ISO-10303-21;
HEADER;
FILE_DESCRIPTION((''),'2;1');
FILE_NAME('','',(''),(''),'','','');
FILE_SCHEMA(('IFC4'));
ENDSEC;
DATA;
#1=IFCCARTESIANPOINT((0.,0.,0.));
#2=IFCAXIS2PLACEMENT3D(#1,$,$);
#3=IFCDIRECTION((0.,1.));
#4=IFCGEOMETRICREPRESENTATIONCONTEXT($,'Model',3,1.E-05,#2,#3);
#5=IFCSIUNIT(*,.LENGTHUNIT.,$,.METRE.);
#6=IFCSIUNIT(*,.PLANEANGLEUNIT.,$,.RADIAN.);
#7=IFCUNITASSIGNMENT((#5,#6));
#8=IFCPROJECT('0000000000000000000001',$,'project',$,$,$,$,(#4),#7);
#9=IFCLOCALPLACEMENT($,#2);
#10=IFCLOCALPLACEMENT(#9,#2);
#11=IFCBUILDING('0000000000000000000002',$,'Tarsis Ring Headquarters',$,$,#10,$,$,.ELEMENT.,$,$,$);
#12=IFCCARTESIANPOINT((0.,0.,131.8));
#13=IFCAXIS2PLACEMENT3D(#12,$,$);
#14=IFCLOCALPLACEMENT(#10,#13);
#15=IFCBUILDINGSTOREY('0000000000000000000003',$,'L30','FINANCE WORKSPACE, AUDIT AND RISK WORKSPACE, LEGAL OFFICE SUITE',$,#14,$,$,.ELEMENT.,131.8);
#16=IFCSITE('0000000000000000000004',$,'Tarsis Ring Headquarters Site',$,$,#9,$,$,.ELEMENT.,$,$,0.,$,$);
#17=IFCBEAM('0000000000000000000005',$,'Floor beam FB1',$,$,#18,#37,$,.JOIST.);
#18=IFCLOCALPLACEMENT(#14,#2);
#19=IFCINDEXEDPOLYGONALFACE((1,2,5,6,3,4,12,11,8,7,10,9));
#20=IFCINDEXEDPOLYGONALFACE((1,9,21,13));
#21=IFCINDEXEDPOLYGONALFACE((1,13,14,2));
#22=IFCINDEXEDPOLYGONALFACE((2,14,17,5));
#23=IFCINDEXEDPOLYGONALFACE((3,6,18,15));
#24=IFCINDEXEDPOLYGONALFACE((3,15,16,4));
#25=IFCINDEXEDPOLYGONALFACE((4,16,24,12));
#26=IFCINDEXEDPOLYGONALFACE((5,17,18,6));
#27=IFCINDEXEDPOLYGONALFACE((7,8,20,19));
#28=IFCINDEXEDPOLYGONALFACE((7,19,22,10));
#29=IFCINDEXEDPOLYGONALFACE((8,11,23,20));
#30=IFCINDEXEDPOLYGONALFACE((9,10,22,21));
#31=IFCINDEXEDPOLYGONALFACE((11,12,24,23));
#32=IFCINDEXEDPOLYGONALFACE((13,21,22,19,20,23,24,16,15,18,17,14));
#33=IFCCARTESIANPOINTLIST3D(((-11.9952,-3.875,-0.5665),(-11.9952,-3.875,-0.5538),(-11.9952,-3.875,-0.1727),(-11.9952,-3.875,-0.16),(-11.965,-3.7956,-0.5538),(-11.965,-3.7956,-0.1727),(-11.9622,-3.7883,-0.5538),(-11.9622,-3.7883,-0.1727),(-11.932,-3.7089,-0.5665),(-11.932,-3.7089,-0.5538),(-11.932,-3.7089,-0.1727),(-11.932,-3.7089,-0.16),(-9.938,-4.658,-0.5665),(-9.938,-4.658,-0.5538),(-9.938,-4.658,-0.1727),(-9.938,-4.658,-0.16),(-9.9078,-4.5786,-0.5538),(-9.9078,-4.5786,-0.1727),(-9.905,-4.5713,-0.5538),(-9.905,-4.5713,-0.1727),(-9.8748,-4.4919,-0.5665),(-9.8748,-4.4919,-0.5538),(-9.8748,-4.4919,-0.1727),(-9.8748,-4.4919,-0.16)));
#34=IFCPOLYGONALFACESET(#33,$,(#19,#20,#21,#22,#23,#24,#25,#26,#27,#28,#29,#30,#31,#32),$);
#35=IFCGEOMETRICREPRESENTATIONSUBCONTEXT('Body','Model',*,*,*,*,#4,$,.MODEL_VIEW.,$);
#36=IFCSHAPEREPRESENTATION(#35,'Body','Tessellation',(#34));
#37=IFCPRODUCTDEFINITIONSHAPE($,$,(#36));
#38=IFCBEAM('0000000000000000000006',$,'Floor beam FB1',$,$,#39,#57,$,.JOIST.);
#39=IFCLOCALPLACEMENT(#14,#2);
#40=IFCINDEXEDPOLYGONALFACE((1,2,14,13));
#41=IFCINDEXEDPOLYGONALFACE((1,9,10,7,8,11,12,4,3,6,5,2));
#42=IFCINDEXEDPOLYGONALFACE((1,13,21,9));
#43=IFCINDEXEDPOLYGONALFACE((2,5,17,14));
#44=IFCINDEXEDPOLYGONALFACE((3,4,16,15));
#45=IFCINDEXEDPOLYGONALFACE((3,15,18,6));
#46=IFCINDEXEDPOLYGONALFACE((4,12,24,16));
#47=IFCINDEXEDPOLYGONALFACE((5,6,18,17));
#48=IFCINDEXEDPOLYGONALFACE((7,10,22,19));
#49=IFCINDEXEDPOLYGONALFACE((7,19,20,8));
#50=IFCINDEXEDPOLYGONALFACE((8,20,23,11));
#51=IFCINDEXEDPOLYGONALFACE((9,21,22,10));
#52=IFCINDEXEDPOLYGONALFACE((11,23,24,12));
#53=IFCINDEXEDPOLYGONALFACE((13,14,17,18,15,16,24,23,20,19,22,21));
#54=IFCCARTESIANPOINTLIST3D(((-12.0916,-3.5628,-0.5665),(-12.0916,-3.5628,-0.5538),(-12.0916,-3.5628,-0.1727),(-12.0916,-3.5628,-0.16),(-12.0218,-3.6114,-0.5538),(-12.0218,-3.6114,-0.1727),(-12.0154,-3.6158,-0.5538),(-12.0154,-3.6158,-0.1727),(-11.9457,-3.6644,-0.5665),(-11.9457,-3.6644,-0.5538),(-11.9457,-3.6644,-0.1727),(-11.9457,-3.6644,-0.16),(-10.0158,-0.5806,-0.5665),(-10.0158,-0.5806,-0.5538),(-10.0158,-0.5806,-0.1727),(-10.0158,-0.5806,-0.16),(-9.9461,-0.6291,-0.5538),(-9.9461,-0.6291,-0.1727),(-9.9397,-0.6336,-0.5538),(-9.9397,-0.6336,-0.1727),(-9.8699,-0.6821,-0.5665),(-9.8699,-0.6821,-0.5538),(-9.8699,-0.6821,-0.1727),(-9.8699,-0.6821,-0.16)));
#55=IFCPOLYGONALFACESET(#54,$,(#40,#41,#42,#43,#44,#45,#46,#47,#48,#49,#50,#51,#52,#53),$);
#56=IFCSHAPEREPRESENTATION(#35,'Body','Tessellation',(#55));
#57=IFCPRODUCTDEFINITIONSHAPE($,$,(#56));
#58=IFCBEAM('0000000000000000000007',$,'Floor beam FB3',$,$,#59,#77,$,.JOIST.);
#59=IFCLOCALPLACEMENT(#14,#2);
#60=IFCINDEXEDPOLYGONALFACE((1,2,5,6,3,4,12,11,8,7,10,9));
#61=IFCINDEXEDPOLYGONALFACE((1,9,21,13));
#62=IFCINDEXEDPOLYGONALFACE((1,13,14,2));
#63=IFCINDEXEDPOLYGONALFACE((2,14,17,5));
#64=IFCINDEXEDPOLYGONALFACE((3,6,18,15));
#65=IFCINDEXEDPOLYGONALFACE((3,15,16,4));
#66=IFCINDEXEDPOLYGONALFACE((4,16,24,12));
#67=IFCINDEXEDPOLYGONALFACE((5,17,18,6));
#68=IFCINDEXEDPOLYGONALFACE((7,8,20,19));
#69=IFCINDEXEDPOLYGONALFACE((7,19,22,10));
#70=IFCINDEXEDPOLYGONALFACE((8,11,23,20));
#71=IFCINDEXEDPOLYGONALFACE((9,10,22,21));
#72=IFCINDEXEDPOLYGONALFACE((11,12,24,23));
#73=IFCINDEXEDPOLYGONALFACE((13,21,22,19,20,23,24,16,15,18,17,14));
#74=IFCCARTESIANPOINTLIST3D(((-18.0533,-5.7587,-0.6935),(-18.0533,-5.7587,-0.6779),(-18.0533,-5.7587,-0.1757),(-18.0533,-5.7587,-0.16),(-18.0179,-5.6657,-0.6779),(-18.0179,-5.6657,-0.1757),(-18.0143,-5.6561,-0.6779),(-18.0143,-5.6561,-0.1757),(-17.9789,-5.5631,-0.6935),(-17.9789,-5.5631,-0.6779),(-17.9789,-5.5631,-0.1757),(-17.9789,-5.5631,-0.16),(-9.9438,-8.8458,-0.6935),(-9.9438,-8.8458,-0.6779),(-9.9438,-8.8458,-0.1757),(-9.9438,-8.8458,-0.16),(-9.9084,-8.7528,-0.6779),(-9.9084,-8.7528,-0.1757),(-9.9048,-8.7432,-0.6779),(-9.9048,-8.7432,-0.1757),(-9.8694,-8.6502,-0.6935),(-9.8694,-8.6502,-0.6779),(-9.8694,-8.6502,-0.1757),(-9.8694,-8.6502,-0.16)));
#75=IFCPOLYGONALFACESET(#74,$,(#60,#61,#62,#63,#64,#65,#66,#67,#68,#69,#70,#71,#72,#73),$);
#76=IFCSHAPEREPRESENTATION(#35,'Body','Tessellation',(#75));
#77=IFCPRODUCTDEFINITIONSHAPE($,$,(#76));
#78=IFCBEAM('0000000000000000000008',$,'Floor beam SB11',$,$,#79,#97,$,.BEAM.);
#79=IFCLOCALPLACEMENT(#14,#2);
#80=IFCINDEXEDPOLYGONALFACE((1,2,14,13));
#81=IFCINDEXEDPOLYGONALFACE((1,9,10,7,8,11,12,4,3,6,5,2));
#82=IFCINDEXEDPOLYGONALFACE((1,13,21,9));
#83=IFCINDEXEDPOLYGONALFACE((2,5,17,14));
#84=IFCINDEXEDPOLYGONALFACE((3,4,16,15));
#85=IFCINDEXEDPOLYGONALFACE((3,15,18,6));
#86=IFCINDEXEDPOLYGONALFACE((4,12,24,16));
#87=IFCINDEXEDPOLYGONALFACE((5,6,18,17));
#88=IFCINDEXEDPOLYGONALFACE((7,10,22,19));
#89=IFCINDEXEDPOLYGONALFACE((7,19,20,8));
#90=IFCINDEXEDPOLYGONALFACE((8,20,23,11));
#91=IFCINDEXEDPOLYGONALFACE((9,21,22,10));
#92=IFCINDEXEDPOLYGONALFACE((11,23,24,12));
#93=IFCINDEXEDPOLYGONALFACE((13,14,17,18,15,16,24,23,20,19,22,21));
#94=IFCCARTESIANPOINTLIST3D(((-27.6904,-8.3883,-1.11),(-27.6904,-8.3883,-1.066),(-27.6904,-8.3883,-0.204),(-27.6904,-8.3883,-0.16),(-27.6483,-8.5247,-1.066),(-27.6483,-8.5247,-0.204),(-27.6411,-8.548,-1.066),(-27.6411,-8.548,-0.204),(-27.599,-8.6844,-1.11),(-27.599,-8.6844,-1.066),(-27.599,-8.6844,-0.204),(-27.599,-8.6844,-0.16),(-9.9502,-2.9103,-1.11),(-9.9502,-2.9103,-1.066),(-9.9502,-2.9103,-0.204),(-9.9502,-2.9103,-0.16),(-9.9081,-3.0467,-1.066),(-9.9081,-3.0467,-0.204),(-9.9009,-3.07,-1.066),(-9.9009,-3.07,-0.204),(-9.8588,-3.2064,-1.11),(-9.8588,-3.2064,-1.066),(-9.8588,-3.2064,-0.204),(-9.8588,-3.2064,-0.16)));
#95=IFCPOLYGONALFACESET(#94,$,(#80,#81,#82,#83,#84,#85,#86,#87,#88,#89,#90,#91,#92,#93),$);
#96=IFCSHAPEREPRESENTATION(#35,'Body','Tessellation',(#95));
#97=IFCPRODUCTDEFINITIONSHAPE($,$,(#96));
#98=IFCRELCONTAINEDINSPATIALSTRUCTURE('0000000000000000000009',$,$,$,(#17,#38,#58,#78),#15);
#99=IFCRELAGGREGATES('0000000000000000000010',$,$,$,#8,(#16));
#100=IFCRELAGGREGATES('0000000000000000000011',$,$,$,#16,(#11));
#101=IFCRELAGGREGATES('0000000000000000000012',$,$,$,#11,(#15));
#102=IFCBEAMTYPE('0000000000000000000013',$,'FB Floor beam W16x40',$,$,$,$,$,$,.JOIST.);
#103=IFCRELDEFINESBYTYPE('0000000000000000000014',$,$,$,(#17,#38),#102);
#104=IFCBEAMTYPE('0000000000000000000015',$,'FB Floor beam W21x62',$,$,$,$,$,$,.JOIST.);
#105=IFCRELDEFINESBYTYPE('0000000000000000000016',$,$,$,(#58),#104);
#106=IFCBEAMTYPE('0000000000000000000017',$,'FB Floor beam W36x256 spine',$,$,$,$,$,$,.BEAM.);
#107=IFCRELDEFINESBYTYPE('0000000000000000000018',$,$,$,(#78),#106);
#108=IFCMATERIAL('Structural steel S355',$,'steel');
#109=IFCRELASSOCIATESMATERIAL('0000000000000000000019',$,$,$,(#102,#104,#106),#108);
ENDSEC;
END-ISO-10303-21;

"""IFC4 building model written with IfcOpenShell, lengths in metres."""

from ifc_helpers import new_model, si_unit, direction, frame, origin, origin_2d, place, context, subcontext, project, spatial, i_section, extrude, material, material_profile, profile_set, type_object, element, save


model = new_model("IFC4")

# Units and contexts
model_context = context("Model", 3, precision=1e-05, world=origin(), true_north=direction((0.0, 1.0)))
body_context = subcontext(model_context, "Body", "Model", "MODEL_VIEW")
ifc_project = project(units=[si_unit("LENGTHUNIT", "METRE"), si_unit("PLANEANGLEUNIT", "RADIAN")], contexts=[model_context])

# Site, building, storey
site_placement = place(None, origin())
site = spatial("IfcSite", under=ifc_project, at=site_placement, Name="Tarsis Ring Headquarters Site", CompositionType="ELEMENT", RefElevation=0.0)
building_placement = place(site_placement, origin())
building = spatial("IfcBuilding", under=site, at=building_placement, Name="Tarsis Ring Headquarters", CompositionType="ELEMENT")
storey_placement = place(building_placement, frame((0.0, 0.0, 131.8)))
storey = spatial("IfcBuildingStorey", under=building, at=storey_placement, Name="L30", Description="FINANCE WORKSPACE, AUDIT AND RISK WORKSPACE, LEGAL OFFICE SUITE", CompositionType="ELEMENT", Elevation=131.8)

# Beams
ifc_material_1 = material(Name="Structural steel S355", Category="steel")
ifc_material_profile_1 = material_profile(ifc_material_1, i_section(OverallWidth=0.1777, OverallDepth=0.4065, WebThickness=0.0078, FlangeThickness=0.0127, at=origin_2d()), Name="W16x40")
ifc_profile_set_1 = profile_set([ifc_material_profile_1], Name="Structural steel S355")
beam_type_1 = type_object("IfcBeamType", Name="FB Floor beam W16x40", PredefinedType="JOIST", material=ifc_profile_set_1)
beam_1_placement = place(storey_placement, frame((-11.9636, -3.792, -0.3633), z_axis=(0.934595, -0.355714, 0.0), x_axis=(0.355714, 0.934595, 0.0)))
element("IfcBeam", 1, at=beam_1_placement, inside=storey, type_object=beam_type_1, Name="Floor beam FB1", PredefinedType="JOIST", context=body_context, shape_type="SweptSolid", body=[
    extrude(i_section(OverallWidth=0.1777, OverallDepth=0.4065, WebThickness=0.0078, FlangeThickness=0.0127, at=origin_2d()), origin(), (0.0, 0.0, 1.0), 2.2012),
])
beam_2_placement = place(storey_placement, frame((-9.9429, -0.6313, -0.3633), z_axis=(-0.571273, -0.82076, 0.0), x_axis=(0.82076, -0.571273, 0.0)))
element("IfcBeam", 2, at=beam_2_placement, inside=storey, type_object=beam_type_1, Name="Floor beam FB1", PredefinedType="JOIST", context=body_context, shape_type="SweptSolid", body=[
    extrude(i_section(OverallWidth=0.1777, OverallDepth=0.4065, WebThickness=0.0078, FlangeThickness=0.0127, at=origin_2d()), origin(), (0.0, 0.0, 1.0), 3.6335),
])
ifc_material_profile_2 = material_profile(ifc_material_1, i_section(OverallWidth=0.2092, OverallDepth=0.5334, WebThickness=0.0103, FlangeThickness=0.0156, at=origin_2d()), Name="W21x62")
ifc_profile_set_2 = profile_set([ifc_material_profile_2], Name="Structural steel S355")
beam_type_2 = type_object("IfcBeamType", Name="FB Floor beam W21x62", PredefinedType="JOIST", material=ifc_profile_set_2)
beam_3_placement = place(storey_placement, frame((-18.0161, -5.6609, -0.4268), z_axis=(0.934573, -0.355772, 0.0), x_axis=(0.355772, 0.934573, 0.0)))
element("IfcBeam", 3, at=beam_3_placement, inside=storey, type_object=beam_type_2, Name="Floor beam FB3", PredefinedType="JOIST", context=body_context, shape_type="SweptSolid", body=[
    extrude(i_section(OverallWidth=0.2092, OverallDepth=0.5334, WebThickness=0.0103, FlangeThickness=0.0156, at=origin_2d()), origin(), (0.0, 0.0, 1.0), 8.6772),
])
ifc_material_profile_3 = material_profile(ifc_material_1, i_section(OverallWidth=0.3098, OverallDepth=0.95, WebThickness=0.0244, FlangeThickness=0.0439, at=origin_2d()), Name="W36x256")
ifc_profile_set_3 = profile_set([ifc_material_profile_3], Name="Structural steel S355")
beam_type_3 = type_object("IfcBeamType", Name="FB Floor beam W36x256 spine", PredefinedType="BEAM", material=ifc_profile_set_3)
beam_4_placement = place(storey_placement, frame((-9.9045, -3.0583, -0.635), z_axis=(-0.955483, -0.295045, 0.0), x_axis=(0.295045, -0.955483, 0.0)))
element("IfcBeam", 4, at=beam_4_placement, inside=storey, type_object=beam_type_3, Name="Floor beam SB11", PredefinedType="BEAM", context=body_context, shape_type="SweptSolid", body=[
    extrude(i_section(OverallWidth=0.3098, OverallDepth=0.95, WebThickness=0.0244, FlangeThickness=0.0439, at=origin_2d()), origin(), (0.0, 0.0, 1.0), 18.5667),
])

save(model, "model.ifc")
